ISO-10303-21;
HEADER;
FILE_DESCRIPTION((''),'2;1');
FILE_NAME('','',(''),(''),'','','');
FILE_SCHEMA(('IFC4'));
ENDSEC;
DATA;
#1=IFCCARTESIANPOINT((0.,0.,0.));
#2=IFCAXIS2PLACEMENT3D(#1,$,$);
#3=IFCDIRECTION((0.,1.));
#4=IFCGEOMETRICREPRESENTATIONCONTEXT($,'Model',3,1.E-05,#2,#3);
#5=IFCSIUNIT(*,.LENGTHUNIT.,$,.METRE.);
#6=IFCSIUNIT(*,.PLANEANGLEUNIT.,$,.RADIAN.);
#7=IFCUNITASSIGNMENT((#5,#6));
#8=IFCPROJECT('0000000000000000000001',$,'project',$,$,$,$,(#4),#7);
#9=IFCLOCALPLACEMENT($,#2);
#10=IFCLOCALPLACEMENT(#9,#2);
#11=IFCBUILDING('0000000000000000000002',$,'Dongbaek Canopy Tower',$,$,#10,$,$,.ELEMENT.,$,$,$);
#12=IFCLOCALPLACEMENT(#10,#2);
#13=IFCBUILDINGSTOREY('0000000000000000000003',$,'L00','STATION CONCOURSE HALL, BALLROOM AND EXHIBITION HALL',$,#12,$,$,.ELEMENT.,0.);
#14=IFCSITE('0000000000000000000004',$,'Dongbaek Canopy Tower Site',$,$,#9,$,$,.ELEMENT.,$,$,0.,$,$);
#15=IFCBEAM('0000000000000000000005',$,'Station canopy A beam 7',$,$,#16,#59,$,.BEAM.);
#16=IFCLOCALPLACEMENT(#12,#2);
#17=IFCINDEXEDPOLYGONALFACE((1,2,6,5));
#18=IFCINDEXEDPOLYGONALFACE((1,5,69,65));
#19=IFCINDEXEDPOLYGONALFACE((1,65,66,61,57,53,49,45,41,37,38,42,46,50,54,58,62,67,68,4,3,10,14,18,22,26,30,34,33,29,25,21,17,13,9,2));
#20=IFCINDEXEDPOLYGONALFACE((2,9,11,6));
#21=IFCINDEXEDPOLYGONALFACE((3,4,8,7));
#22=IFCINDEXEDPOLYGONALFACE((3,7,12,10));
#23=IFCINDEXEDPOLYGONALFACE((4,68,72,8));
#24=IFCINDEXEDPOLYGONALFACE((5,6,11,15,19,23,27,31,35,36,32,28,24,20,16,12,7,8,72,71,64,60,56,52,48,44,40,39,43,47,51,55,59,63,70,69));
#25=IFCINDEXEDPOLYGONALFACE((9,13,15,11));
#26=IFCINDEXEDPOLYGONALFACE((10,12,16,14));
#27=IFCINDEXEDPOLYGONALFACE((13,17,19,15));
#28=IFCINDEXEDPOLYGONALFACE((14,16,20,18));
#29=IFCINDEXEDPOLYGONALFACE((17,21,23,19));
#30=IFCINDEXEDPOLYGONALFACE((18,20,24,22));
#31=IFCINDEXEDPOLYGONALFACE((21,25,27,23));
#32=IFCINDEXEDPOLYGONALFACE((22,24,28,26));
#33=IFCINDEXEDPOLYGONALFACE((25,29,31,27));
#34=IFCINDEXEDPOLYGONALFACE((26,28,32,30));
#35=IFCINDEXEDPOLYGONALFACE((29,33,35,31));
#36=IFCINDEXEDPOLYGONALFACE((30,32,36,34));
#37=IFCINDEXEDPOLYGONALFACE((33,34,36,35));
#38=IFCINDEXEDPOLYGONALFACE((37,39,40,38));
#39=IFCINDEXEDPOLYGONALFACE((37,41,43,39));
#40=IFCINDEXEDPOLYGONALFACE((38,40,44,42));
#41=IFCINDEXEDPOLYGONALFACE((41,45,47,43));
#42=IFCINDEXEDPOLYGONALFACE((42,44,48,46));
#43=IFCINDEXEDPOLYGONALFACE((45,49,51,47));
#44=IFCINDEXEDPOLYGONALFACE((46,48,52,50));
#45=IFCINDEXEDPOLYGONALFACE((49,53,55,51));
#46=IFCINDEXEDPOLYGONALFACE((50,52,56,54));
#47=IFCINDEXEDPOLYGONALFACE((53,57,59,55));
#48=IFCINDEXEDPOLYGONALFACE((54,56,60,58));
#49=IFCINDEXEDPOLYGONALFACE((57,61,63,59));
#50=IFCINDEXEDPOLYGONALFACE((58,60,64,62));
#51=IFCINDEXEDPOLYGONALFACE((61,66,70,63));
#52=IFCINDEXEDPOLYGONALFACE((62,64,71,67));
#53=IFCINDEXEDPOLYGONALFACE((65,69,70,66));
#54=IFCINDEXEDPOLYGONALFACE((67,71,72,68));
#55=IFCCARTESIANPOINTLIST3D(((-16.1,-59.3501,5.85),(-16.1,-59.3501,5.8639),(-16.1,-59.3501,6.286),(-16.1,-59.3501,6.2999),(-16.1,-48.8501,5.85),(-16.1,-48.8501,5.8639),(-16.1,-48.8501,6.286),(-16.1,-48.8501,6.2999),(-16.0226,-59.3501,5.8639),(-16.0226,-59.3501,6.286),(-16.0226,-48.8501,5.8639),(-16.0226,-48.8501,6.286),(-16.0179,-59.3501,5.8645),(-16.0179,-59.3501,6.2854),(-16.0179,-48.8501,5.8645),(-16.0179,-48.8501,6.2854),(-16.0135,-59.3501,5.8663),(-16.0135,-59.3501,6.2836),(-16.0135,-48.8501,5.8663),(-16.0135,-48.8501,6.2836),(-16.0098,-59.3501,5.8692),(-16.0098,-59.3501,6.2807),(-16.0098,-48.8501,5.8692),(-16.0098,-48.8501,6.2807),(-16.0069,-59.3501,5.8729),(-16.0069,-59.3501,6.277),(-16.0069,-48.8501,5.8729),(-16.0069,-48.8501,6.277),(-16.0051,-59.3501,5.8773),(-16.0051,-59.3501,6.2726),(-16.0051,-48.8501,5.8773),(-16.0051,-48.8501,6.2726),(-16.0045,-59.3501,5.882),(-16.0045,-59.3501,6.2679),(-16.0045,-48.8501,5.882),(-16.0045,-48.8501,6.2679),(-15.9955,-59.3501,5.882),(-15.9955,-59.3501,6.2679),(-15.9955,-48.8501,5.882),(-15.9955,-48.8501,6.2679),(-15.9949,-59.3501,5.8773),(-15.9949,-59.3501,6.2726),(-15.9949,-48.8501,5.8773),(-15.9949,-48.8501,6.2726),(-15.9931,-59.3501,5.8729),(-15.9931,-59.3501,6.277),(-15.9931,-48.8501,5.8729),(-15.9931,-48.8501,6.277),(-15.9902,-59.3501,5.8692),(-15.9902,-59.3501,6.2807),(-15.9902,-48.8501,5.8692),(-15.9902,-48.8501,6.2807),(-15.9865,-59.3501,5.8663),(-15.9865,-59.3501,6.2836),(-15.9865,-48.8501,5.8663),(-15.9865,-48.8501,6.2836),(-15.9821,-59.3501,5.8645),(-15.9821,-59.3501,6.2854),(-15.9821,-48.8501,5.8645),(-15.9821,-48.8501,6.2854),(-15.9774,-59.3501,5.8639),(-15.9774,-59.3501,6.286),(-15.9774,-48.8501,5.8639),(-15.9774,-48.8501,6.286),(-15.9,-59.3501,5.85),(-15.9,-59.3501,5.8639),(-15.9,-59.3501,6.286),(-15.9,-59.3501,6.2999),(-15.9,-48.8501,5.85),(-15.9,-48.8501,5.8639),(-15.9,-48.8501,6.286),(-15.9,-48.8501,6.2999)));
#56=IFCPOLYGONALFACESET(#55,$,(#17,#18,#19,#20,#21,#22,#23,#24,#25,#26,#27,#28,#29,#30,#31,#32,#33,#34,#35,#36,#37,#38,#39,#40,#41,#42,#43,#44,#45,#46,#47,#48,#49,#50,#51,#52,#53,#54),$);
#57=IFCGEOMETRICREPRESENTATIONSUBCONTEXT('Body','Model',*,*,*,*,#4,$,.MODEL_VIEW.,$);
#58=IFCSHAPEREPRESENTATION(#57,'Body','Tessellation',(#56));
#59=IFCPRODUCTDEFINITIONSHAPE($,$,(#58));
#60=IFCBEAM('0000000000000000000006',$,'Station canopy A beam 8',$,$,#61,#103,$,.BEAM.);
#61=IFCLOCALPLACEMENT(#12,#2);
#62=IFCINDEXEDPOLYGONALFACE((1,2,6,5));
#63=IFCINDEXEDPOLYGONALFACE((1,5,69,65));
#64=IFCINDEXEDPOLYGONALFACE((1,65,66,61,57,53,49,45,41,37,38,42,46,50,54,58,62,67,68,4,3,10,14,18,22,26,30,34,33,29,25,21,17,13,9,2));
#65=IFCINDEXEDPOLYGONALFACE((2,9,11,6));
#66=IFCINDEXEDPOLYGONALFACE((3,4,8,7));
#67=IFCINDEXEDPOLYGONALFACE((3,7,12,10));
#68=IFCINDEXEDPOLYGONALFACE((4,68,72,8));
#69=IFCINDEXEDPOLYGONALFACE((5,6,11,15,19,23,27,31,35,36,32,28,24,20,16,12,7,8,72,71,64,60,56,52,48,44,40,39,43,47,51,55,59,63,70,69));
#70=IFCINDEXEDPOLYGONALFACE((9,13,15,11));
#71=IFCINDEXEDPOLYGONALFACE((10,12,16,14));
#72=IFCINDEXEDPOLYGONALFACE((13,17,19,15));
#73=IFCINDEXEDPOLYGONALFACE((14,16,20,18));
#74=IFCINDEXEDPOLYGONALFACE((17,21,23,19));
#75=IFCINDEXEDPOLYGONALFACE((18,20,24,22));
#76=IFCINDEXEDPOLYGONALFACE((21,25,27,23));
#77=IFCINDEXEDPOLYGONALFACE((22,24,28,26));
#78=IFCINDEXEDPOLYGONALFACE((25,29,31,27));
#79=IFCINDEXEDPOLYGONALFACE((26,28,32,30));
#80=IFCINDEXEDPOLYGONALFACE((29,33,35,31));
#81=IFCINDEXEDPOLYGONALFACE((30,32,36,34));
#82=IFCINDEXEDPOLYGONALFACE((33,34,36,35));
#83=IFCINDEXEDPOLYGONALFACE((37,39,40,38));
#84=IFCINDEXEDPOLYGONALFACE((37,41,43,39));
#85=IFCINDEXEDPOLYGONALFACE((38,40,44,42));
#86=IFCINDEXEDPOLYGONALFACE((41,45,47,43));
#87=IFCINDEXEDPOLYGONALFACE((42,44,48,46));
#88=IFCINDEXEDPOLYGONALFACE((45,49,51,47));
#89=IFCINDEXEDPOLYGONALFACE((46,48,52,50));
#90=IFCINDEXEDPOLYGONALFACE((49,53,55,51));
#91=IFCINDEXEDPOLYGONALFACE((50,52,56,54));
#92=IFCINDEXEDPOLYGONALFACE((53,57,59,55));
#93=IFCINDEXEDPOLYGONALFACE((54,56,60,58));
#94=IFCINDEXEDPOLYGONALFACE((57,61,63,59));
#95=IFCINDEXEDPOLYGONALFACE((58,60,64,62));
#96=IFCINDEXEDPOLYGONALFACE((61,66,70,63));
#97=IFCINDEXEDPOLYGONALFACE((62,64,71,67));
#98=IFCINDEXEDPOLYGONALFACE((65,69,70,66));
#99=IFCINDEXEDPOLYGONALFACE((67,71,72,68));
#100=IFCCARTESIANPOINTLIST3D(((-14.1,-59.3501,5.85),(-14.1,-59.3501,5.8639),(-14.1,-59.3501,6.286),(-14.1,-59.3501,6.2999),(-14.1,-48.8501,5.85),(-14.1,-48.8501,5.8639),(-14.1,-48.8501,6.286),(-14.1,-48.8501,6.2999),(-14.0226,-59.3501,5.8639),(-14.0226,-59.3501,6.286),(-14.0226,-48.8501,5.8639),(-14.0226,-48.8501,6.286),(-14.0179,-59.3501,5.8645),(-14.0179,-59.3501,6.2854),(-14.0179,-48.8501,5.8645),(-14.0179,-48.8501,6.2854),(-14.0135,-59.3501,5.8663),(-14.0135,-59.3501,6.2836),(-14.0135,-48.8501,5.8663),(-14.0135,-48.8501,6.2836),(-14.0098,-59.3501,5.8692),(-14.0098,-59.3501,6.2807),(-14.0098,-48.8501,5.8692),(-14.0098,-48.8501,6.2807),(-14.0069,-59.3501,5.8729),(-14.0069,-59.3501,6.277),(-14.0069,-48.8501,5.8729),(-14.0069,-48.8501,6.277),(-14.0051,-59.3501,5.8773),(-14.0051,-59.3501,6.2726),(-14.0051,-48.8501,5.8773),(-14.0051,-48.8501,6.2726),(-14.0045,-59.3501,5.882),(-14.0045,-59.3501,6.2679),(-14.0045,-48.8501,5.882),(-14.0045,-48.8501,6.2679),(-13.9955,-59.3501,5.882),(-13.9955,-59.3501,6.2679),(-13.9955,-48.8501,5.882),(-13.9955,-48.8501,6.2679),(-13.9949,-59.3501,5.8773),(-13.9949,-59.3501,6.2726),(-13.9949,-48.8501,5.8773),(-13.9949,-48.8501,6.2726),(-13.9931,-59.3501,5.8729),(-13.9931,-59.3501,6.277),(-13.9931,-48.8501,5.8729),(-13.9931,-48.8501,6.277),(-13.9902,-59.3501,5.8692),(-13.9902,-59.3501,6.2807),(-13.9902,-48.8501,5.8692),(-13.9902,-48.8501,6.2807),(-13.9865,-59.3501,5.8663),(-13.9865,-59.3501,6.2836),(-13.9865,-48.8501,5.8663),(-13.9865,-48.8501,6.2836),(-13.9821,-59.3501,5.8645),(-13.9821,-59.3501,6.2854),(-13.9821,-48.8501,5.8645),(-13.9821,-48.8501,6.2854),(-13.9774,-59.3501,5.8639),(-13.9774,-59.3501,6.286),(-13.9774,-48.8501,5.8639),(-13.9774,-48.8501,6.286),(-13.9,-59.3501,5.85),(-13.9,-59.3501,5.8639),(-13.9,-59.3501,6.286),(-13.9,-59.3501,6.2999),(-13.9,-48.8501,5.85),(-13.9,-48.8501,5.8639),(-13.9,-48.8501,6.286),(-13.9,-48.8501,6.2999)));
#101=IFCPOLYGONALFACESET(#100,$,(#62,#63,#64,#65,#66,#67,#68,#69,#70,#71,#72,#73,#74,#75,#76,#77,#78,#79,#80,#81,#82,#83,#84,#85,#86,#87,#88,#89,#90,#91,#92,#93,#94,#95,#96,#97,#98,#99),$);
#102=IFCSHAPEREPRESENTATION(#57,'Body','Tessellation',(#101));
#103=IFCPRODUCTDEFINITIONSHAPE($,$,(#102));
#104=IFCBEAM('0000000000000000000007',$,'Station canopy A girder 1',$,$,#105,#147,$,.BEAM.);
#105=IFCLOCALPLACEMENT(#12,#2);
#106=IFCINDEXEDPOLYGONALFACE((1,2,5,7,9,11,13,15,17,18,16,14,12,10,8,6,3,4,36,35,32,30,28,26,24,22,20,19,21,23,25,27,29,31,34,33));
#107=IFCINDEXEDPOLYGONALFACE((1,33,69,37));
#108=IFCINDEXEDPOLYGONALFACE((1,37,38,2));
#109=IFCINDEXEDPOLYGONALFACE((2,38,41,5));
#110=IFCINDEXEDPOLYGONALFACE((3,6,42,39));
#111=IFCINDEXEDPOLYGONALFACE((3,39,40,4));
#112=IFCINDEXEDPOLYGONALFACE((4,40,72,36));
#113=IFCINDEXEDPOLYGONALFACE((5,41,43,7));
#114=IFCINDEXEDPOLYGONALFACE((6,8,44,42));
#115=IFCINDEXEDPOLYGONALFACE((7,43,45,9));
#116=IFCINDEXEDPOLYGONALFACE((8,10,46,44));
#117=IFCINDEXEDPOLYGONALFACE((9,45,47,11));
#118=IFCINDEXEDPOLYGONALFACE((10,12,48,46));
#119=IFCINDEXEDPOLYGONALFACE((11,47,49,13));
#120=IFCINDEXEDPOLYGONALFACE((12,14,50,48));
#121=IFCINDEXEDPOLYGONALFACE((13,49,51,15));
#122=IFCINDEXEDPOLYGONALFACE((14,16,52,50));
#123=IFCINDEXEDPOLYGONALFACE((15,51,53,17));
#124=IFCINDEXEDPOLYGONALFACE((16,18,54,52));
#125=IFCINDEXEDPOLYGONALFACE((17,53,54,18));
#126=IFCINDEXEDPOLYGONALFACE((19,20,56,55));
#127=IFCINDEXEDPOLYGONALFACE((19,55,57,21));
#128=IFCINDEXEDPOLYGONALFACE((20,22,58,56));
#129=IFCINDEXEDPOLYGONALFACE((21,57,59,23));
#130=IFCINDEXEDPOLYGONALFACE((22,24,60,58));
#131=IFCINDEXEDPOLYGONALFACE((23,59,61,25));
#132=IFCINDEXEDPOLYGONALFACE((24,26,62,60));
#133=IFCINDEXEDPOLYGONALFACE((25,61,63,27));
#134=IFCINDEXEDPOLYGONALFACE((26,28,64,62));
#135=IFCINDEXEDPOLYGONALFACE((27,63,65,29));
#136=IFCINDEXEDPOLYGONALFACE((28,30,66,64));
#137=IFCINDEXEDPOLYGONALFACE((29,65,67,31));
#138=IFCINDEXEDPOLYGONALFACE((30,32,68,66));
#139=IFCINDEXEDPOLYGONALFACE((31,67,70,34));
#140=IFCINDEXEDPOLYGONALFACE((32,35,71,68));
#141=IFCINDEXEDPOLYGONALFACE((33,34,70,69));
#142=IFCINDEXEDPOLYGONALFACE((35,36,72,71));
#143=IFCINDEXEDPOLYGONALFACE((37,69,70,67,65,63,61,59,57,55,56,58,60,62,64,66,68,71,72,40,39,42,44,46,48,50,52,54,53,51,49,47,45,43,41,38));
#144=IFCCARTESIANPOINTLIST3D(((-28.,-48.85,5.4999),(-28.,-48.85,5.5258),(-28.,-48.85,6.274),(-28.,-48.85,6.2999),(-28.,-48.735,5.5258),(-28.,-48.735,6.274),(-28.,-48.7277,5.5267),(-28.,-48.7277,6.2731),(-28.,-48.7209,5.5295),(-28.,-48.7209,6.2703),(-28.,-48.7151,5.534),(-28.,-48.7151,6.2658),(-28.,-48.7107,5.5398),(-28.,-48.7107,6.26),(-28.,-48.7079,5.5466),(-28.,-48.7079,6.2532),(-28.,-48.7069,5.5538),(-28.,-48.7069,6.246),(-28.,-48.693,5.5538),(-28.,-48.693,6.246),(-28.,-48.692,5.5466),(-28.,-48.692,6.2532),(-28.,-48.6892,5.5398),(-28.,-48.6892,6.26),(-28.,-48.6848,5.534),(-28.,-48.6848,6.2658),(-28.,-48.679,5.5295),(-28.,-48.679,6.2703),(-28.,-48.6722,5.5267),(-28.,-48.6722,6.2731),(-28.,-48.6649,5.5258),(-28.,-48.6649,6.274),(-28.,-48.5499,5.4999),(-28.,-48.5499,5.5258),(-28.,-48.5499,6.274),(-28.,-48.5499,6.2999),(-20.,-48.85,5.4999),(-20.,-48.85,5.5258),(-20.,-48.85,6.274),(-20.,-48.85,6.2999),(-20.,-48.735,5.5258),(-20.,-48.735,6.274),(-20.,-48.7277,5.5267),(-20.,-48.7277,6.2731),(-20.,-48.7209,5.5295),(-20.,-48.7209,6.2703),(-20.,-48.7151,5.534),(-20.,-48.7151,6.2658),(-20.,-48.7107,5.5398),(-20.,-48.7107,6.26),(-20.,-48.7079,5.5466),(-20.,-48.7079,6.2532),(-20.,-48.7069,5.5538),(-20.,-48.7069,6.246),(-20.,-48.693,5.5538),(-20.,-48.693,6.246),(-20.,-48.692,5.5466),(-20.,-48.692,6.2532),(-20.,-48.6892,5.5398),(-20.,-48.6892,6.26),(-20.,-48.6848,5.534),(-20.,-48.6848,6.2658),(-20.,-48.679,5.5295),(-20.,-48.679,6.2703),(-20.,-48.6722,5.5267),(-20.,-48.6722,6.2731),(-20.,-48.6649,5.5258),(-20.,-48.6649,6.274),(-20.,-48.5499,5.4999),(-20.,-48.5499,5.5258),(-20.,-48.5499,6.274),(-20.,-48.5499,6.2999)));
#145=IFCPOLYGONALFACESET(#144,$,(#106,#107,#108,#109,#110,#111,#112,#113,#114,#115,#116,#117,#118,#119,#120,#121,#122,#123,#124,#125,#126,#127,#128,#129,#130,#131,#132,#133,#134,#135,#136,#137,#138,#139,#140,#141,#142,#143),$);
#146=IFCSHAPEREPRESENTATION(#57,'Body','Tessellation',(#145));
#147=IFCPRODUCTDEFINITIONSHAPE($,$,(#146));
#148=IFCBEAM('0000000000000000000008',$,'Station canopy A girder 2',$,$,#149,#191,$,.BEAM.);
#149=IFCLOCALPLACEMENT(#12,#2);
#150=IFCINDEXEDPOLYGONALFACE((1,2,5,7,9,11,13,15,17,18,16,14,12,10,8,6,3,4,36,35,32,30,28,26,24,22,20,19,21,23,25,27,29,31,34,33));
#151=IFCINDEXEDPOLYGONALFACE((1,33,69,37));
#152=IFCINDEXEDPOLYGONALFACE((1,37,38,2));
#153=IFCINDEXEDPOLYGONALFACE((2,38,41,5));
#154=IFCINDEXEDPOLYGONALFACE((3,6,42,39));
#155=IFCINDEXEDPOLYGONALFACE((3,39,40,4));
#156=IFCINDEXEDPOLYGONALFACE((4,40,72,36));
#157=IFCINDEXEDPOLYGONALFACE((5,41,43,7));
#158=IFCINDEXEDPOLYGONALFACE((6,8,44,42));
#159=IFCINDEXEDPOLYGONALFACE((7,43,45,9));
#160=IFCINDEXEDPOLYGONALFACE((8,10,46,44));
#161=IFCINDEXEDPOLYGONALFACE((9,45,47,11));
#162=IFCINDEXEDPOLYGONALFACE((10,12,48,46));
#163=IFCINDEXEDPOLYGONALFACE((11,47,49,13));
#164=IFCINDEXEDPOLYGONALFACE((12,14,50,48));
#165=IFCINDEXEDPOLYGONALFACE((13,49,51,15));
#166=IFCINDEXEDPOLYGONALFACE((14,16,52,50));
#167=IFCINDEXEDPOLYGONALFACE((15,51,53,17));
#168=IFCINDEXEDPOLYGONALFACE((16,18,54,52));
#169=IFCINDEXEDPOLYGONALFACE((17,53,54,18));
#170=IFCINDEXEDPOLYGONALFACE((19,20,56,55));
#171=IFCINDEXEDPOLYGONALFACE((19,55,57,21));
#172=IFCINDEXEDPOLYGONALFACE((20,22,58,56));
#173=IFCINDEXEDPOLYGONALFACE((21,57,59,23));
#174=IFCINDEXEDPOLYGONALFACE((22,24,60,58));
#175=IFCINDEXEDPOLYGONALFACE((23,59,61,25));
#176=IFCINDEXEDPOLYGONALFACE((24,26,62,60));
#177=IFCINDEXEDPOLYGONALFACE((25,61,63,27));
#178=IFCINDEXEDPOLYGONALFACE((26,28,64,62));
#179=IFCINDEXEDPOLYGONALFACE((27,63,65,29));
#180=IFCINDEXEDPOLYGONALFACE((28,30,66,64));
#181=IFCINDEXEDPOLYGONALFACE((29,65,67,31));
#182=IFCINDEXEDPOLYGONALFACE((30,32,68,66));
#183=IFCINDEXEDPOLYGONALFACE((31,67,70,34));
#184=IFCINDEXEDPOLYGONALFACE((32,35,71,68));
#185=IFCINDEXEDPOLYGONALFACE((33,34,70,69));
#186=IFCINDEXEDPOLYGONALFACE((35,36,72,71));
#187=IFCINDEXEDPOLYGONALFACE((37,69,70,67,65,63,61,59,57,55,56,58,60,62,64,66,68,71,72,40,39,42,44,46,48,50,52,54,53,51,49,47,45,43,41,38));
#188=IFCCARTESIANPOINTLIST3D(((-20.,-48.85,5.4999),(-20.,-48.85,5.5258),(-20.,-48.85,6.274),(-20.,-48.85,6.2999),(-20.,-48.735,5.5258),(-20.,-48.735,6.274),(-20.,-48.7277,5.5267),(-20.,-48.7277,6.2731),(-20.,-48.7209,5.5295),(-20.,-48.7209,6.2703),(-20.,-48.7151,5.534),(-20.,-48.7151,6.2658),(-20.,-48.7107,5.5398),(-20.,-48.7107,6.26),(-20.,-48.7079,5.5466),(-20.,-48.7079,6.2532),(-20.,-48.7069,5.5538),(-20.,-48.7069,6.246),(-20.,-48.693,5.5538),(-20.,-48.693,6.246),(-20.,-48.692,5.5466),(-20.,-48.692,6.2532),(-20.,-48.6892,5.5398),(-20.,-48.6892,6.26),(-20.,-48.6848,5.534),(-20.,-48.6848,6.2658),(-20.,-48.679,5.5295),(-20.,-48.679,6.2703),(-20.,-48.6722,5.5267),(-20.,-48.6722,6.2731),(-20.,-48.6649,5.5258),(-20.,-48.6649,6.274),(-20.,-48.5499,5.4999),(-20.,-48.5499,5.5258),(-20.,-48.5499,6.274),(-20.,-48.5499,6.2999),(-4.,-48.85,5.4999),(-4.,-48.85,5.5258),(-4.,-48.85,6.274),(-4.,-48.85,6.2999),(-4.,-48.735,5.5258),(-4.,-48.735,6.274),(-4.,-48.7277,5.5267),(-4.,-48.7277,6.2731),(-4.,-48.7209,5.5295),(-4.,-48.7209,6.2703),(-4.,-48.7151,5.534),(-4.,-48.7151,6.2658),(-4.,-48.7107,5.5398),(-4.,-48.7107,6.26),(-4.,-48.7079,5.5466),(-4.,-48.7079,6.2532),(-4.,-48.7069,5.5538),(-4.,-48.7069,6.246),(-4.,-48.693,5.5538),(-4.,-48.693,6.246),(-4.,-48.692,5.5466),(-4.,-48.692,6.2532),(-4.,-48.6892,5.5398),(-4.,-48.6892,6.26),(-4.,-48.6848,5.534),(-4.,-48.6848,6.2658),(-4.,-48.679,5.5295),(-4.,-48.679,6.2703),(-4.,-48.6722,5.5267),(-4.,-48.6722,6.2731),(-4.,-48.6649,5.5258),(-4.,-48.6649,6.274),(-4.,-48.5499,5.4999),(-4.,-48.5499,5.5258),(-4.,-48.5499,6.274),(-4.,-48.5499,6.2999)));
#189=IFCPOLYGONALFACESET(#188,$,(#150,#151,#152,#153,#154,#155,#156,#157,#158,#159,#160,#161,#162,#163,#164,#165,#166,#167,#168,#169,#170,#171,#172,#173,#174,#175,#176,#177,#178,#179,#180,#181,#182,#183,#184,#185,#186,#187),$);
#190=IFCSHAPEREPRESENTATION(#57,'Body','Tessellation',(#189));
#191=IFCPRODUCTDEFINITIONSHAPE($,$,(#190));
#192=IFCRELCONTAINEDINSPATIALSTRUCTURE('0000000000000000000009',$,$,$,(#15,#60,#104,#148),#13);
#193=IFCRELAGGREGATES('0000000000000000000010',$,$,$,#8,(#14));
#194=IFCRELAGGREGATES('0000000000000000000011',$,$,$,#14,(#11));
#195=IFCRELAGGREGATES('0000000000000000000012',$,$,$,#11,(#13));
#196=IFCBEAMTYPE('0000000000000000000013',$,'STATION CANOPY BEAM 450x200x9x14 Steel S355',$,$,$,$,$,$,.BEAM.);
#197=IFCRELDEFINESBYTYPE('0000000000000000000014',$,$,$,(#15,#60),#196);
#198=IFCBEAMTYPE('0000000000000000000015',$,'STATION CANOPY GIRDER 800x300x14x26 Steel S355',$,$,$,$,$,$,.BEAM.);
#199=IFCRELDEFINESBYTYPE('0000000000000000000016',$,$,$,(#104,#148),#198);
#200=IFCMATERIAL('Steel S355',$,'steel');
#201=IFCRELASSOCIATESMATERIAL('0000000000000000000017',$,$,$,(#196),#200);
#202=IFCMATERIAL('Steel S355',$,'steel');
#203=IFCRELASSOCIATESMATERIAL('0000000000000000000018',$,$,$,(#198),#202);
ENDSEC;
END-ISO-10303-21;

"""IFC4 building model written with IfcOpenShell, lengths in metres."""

from ifc_helpers import new_model, si_unit, direction, frame, origin, origin_2d, place, context, subcontext, project, spatial, i_section, extrude, material, material_profile, profile_set, type_object, element, save


model = new_model("IFC4")

# Units and contexts
model_context = context("Model", 3, precision=1e-05, world=origin(), true_north=direction((0.0, 1.0)))
body_context = subcontext(model_context, "Body", "Model", "MODEL_VIEW")
ifc_project = project(units=[si_unit("LENGTHUNIT", "METRE"), si_unit("PLANEANGLEUNIT", "RADIAN")], contexts=[model_context])

# Site, building, storey
site_placement = place(None, origin())
site = spatial("IfcSite", under=ifc_project, at=site_placement, Name="Dongbaek Canopy Tower Site", CompositionType="ELEMENT", RefElevation=0.0)
building_placement = place(site_placement, origin())
building = spatial("IfcBuilding", under=site, at=building_placement, Name="Dongbaek Canopy Tower", CompositionType="ELEMENT")
storey_placement = place(building_placement, origin())
storey = spatial("IfcBuildingStorey", under=building, at=storey_placement, Name="L00", Description="STATION CONCOURSE HALL, BALLROOM AND EXHIBITION HALL", CompositionType="ELEMENT", Elevation=0.0)

# Beams
ifc_material_1 = material(Name="Steel S355", Category="steel")
ifc_material_profile_1 = material_profile(ifc_material_1, i_section(OverallWidth=0.2, OverallDepth=0.45, WebThickness=0.009, FlangeThickness=0.0139, FilletRadius=0.0181, at=origin_2d()), Name="STATION CANOPY BEAM 450x200x9x14 Steel S355")
ifc_profile_set_1 = profile_set([ifc_material_profile_1], Name="Steel S355")
beam_type_1 = type_object("IfcBeamType", Name="STATION CANOPY BEAM 450x200x9x14 Steel S355", PredefinedType="BEAM", material=ifc_profile_set_1)
for number, where, z_axis, x_axis, name in (
    (1, (-16.0, -59.3501, 6.075), (0.0, 1.0, 0.0), (-1.0, 0.0, 0.0), "Station canopy A beam 7"),
    (2, (-14.0, -59.3501, 6.075), (0.0, 1.0, 0.0), (-1.0, 0.0, 0.0), "Station canopy A beam 8"),
):
    element("IfcBeam", number, at=place(storey_placement, frame(where, z_axis=z_axis, x_axis=x_axis)), inside=storey, type_object=beam_type_1, Name=name, PredefinedType="BEAM", context=body_context, shape_type="SweptSolid", body=[
        extrude(i_section(OverallWidth=0.2, OverallDepth=0.45, WebThickness=0.009, FlangeThickness=0.0139, FilletRadius=0.0181, at=origin_2d()), origin(), (0.0, 0.0, 1.0), 10.5),
    ])
ifc_material_2 = material(Name="Steel S355", Category="steel")
ifc_material_profile_2 = material_profile(ifc_material_2, i_section(OverallWidth=0.3, OverallDepth=0.8, WebThickness=0.0139, FlangeThickness=0.0259, FilletRadius=0.0281, at=origin_2d()), Name="STATION CANOPY GIRDER 800x300x14x26 Steel S355")
ifc_profile_set_2 = profile_set([ifc_material_profile_2], Name="Steel S355")
beam_type_2 = type_object("IfcBeamType", Name="STATION CANOPY GIRDER 800x300x14x26 Steel S355", PredefinedType="BEAM", material=ifc_profile_set_2)
beam_1_placement = place(storey_placement, frame((-28.0, -48.7, 5.8999), z_axis=(1.0, 0.0, 0.0), x_axis=(0.0, 1.0, 0.0)))
element("IfcBeam", 3, at=beam_1_placement, inside=storey, type_object=beam_type_2, Name="Station canopy A girder 1", PredefinedType="BEAM", context=body_context, shape_type="SweptSolid", body=[
    extrude(i_section(OverallWidth=0.3, OverallDepth=0.8, WebThickness=0.0139, FlangeThickness=0.0259, FilletRadius=0.0281, at=origin_2d()), origin(), (0.0, 0.0, 1.0), 8.0),
])
beam_2_placement = place(storey_placement, frame((-20.0, -48.7, 5.8999), z_axis=(1.0, 0.0, 0.0), x_axis=(0.0, 1.0, 0.0)))
element("IfcBeam", 4, at=beam_2_placement, inside=storey, type_object=beam_type_2, Name="Station canopy A girder 2", PredefinedType="BEAM", context=body_context, shape_type="SweptSolid", body=[
    extrude(i_section(OverallWidth=0.3, OverallDepth=0.8, WebThickness=0.0139, FlangeThickness=0.0259, FilletRadius=0.0281, at=origin_2d()), origin(), (0.0, 0.0, 1.0), 16.0),
])

save(model, "model.ifc")
